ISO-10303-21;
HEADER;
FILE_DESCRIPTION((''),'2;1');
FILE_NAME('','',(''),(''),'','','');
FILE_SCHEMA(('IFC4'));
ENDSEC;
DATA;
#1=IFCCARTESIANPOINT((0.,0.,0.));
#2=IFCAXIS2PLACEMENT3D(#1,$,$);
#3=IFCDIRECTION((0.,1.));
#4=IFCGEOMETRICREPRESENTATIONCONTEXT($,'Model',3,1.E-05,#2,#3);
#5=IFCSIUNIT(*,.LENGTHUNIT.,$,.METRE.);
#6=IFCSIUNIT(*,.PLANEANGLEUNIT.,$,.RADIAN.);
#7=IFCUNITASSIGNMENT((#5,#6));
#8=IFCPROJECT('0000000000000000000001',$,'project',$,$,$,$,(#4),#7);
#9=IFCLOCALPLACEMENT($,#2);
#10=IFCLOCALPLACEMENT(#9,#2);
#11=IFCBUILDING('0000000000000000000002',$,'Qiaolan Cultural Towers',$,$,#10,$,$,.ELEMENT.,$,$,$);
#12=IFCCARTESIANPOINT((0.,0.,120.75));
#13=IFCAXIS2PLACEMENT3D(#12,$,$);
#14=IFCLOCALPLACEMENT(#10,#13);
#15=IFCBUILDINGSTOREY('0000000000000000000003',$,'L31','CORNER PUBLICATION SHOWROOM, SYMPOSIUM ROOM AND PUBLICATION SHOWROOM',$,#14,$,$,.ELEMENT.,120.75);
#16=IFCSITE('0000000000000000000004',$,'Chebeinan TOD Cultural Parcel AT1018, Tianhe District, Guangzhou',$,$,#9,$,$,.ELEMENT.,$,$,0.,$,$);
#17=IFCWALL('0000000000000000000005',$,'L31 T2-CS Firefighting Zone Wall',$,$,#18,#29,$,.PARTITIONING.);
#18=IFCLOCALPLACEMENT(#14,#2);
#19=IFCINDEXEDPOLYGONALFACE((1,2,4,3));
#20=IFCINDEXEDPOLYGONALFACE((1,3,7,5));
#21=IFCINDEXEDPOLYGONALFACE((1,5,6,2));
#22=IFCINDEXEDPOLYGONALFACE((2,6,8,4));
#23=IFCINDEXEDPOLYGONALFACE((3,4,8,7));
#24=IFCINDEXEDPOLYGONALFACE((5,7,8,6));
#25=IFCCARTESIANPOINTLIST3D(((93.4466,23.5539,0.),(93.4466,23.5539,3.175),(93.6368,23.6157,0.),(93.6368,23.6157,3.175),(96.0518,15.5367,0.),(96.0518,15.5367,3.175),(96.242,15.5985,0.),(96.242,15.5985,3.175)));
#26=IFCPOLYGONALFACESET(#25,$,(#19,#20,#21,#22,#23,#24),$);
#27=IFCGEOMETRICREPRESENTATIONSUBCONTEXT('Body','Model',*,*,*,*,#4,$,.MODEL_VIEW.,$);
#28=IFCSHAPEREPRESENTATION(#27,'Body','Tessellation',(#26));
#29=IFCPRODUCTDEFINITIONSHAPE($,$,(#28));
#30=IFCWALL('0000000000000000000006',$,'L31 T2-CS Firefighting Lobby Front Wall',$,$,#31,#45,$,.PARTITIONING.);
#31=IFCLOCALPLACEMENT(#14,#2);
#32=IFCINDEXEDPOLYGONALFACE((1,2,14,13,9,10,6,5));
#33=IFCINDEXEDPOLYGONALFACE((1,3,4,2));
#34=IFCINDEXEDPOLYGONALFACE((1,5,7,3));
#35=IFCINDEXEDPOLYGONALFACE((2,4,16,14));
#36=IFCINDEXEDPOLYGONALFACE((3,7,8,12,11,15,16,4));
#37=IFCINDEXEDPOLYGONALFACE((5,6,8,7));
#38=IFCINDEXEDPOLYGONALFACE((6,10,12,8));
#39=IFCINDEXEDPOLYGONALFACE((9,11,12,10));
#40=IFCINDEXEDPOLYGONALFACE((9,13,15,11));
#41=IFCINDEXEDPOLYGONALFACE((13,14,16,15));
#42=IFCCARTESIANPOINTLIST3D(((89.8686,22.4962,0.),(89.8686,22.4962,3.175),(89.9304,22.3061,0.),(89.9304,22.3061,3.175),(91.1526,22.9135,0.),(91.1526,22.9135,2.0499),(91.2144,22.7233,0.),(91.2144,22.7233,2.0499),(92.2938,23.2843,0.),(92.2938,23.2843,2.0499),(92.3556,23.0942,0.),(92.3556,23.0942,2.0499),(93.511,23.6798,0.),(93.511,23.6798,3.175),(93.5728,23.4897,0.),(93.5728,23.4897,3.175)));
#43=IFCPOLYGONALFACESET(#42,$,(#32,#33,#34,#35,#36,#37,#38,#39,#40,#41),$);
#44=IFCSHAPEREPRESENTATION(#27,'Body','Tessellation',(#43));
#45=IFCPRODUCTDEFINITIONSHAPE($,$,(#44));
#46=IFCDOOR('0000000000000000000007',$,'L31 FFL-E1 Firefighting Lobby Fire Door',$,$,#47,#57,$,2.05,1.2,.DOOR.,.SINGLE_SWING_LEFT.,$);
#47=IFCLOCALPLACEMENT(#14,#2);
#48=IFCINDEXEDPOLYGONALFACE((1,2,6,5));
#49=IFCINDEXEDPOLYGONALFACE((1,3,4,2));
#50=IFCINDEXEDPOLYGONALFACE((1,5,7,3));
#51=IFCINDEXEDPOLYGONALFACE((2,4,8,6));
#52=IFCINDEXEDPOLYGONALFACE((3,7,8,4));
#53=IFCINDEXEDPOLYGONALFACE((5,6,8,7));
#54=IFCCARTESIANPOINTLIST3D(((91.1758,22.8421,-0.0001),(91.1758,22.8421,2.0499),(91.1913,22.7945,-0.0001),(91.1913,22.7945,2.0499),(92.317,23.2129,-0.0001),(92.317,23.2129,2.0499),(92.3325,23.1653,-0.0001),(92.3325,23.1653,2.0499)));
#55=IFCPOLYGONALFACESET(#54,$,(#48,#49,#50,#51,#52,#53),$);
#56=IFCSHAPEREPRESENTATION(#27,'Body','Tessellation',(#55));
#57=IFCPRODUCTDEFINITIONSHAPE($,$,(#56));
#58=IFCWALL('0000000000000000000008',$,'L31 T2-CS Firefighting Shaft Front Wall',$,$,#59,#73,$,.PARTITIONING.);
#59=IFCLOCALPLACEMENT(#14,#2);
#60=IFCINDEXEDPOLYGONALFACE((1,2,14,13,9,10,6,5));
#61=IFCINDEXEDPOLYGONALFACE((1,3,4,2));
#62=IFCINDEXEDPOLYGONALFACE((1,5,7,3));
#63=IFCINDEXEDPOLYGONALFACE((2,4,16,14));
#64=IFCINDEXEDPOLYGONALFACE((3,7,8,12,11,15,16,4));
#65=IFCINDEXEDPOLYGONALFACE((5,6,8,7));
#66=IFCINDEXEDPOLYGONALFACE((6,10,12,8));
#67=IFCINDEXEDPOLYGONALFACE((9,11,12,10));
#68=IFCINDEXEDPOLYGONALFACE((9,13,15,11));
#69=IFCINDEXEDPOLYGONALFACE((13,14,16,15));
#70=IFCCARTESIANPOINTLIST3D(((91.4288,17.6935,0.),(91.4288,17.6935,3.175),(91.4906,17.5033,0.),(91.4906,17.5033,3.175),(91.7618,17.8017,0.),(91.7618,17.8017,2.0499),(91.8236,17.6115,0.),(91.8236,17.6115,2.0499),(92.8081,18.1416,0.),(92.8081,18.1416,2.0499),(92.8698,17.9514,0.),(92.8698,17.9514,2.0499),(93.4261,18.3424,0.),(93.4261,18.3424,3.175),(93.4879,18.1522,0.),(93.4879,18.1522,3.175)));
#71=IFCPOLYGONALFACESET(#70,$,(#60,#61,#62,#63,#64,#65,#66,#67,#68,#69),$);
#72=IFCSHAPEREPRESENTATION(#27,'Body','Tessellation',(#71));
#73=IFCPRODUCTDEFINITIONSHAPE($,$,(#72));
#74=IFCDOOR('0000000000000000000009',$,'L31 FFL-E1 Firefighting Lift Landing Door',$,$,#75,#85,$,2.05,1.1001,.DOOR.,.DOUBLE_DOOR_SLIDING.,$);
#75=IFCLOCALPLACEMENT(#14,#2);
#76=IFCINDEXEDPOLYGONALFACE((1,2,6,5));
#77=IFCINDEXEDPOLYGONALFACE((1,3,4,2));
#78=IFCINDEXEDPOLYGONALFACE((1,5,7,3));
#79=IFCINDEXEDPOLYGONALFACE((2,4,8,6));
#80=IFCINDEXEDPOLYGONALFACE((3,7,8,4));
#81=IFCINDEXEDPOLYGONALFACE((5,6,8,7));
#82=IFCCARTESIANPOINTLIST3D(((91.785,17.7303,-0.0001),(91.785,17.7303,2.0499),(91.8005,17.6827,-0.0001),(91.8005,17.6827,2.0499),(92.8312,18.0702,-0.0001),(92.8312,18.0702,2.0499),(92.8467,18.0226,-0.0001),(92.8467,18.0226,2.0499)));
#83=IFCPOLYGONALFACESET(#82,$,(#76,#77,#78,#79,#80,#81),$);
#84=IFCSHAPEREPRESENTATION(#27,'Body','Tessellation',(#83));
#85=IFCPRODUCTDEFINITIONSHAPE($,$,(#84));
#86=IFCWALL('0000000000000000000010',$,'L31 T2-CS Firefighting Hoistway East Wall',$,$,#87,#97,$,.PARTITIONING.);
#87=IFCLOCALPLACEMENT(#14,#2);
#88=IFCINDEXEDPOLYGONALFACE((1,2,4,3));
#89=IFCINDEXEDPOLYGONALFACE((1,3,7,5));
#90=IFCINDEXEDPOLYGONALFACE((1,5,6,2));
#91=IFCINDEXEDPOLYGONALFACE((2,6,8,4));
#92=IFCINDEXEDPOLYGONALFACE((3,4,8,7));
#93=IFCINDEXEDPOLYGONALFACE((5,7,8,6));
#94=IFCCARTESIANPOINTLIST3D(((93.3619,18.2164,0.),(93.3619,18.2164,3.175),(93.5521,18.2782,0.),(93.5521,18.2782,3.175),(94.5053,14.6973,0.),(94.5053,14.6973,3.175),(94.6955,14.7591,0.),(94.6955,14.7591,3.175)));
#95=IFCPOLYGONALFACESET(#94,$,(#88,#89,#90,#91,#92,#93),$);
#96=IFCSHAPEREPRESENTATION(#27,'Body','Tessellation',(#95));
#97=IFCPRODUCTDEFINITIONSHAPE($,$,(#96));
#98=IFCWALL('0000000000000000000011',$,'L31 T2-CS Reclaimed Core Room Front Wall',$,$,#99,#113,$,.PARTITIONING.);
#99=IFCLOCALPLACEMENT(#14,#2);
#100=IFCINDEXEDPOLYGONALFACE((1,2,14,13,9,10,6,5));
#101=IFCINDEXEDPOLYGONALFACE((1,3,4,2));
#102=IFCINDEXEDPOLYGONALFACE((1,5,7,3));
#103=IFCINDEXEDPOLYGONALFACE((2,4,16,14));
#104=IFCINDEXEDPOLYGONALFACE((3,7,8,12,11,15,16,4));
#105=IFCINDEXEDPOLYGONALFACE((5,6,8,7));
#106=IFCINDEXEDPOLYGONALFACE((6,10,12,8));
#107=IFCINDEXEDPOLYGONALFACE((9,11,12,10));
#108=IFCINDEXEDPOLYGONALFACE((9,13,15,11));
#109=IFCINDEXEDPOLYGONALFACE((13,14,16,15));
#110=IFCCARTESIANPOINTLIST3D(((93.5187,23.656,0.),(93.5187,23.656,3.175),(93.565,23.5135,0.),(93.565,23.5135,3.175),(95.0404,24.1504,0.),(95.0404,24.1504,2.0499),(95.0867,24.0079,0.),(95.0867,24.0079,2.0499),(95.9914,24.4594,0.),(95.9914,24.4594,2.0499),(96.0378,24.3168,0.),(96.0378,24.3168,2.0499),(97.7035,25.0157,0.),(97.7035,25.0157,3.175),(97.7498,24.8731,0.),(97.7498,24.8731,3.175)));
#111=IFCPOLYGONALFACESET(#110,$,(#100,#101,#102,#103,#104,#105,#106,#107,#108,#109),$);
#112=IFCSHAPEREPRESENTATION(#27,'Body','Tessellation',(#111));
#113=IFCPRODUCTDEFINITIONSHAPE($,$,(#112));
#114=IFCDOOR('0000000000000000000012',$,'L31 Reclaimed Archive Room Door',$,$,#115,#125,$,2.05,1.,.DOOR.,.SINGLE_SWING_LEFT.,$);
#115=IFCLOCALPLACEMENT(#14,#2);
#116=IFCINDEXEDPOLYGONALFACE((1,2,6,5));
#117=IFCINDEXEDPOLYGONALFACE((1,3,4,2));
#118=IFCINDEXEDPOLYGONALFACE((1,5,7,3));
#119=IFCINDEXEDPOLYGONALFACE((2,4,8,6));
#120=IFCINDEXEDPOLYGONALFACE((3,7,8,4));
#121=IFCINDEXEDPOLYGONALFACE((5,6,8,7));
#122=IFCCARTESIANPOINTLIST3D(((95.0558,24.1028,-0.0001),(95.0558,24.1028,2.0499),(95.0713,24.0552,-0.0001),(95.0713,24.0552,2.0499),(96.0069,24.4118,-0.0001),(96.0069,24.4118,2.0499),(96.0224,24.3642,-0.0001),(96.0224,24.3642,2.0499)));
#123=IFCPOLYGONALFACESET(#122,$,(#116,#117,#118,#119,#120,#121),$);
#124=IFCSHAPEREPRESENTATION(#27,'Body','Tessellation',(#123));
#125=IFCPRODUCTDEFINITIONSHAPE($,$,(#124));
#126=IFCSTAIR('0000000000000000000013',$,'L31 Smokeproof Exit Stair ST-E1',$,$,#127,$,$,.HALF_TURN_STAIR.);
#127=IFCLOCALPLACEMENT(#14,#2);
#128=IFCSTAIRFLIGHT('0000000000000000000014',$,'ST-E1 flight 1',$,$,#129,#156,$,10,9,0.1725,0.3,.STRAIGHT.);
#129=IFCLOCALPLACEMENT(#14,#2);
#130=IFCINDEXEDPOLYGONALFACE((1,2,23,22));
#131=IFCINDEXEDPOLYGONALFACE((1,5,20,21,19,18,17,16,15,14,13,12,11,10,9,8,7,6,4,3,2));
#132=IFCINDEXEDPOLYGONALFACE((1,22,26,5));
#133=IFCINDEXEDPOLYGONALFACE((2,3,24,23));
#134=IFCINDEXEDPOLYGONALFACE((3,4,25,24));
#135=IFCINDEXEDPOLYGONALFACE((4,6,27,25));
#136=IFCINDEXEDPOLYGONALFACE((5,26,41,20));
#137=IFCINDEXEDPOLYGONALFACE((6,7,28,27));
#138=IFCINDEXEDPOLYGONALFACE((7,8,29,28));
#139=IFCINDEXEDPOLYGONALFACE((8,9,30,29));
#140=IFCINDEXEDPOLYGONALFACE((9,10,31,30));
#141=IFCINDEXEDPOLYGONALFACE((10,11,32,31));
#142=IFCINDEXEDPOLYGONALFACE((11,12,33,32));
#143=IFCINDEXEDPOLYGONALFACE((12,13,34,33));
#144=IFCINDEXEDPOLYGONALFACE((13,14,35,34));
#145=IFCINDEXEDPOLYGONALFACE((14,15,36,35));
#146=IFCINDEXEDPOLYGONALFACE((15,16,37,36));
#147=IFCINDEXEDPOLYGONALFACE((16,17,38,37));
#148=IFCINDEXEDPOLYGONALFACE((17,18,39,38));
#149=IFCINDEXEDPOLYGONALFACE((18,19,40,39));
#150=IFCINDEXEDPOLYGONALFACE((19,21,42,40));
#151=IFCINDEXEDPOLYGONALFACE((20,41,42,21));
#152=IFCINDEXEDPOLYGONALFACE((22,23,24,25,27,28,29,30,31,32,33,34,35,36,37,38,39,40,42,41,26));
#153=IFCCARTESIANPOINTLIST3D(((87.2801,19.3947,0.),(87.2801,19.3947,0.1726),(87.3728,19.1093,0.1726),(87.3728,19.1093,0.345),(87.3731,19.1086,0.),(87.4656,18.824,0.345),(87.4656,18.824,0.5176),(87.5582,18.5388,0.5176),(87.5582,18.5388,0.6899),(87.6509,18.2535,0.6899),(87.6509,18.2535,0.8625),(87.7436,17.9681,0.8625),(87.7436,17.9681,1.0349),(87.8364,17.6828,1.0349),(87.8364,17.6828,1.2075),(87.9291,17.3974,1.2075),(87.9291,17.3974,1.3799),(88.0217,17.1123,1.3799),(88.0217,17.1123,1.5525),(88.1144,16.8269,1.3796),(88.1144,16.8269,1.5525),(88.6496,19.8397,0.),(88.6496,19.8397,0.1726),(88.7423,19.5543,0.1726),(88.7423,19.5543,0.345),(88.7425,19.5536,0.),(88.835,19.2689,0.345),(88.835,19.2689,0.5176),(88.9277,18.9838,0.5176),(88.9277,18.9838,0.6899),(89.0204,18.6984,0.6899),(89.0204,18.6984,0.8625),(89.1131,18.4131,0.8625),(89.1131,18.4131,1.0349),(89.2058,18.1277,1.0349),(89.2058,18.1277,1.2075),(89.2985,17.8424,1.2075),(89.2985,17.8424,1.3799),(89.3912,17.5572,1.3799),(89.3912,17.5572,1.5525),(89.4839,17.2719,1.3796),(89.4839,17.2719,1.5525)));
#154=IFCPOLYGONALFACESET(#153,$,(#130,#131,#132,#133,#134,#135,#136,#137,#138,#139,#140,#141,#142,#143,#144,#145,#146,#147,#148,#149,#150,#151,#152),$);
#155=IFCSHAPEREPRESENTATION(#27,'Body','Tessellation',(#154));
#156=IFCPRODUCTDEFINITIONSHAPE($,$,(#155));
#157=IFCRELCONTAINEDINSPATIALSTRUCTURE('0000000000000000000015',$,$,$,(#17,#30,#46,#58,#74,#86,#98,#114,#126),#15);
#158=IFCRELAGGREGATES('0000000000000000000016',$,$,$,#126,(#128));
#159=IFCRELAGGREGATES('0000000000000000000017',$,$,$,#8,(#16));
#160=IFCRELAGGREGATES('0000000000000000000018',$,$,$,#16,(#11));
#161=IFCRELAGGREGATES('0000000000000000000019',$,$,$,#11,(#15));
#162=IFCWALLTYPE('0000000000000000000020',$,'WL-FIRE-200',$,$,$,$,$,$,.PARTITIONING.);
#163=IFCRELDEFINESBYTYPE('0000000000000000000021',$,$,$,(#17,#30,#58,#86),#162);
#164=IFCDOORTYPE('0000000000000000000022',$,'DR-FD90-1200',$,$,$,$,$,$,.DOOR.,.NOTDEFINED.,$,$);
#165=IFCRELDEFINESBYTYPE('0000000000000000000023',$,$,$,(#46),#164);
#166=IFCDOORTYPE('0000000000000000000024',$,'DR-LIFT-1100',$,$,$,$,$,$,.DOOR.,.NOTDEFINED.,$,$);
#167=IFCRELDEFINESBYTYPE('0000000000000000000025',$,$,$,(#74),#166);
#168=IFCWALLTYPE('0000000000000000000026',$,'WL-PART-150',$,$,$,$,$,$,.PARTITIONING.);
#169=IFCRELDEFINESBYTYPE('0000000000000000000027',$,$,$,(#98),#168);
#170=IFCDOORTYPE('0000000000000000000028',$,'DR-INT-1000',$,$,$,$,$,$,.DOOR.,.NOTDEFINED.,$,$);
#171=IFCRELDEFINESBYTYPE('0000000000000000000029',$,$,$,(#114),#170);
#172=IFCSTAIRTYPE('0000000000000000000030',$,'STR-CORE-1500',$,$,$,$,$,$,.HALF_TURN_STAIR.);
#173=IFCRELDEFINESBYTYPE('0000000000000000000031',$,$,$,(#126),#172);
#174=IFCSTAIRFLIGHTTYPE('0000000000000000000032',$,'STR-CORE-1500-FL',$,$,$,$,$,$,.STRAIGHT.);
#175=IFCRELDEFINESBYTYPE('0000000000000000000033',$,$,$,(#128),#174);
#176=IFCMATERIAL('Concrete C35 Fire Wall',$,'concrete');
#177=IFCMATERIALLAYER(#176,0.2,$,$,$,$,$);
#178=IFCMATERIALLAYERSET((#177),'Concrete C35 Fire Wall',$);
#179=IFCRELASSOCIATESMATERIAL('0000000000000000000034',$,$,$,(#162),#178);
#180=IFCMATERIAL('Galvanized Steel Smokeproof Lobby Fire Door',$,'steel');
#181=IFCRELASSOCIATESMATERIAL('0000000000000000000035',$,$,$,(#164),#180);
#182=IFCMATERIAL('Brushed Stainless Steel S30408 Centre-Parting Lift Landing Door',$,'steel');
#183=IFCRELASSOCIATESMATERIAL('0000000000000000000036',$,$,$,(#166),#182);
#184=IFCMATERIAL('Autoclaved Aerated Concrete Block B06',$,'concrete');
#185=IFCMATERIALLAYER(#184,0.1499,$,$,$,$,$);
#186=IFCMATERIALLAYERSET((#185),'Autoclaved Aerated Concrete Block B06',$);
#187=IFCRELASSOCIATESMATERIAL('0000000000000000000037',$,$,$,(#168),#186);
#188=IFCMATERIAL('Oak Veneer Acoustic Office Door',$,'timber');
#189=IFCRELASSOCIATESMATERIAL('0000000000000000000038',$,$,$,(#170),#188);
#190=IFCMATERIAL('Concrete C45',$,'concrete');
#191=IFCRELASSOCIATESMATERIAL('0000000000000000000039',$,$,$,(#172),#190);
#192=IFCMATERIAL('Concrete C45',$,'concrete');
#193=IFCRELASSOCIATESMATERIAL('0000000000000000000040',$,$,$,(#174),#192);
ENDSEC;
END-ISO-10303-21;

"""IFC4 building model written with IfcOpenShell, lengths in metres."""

from ifc_helpers import new_model, si_unit, direction, frame, frame_2d, origin, place, context, subcontext, project, spatial, polyline, rectangle, outline, extrude, material, layer, layer_set, type_object, element, fill, aggregate, save


model = new_model("IFC4")

# Units and contexts
model_context = context("Model", 3, precision=1e-05, world=origin(), true_north=direction((0.0, 1.0)))
body_context = subcontext(model_context, "Body", "Model", "MODEL_VIEW")
ifc_project = project(units=[si_unit("LENGTHUNIT", "METRE"), si_unit("PLANEANGLEUNIT", "RADIAN")], contexts=[model_context])

# Site, building, storey
site_placement = place(None, origin())
site = spatial("IfcSite", under=ifc_project, at=site_placement, Name="Chebeinan TOD Cultural Parcel AT1018, Tianhe District, Guangzhou", CompositionType="ELEMENT", RefElevation=0.0)
building_placement = place(site_placement, origin())
building = spatial("IfcBuilding", under=site, at=building_placement, Name="Qiaolan Cultural Towers", CompositionType="ELEMENT")
storey_placement = place(building_placement, frame((0.0, 0.0, 120.75)))
storey = spatial("IfcBuildingStorey", under=building, at=storey_placement, Name="L31", Description="CORNER PUBLICATION SHOWROOM, SYMPOSIUM ROOM AND PUBLICATION SHOWROOM", CompositionType="ELEMENT", Elevation=120.75)

# Shared definitions
ifc_material_1 = material(Name="Concrete C35 Fire Wall", Category="concrete")
ifc_layer_1 = layer(ifc_material_1, 0.2)
ifc_layer_set_1 = layer_set([ifc_layer_1], Name="Concrete C35 Fire Wall")
wall_type_1 = type_object("IfcWallType", Name="WL-FIRE-200", PredefinedType="PARTITIONING", material=ifc_layer_set_1)

# Wall
wall_1_placement = place(storey_placement, frame((93.5417, 23.5847, 0.0), z_axis=(0.0, 0.0, 1.0), x_axis=(0.309042, -0.951048, 0.0)))
element("IfcWall", 1, at=wall_1_placement, inside=storey, type_object=wall_type_1, Name="L31 T2-CS Firefighting Zone Wall", PredefinedType="PARTITIONING", context=body_context, shape_type="SweptSolid", body=[
    extrude(rectangle(XDim=8.4299, YDim=0.2, at=frame_2d((4.2148, 0.0))), origin(), (0.0, 0.0, 1.0), 3.175),
])

# Walls, openings, doors
wall_2_placement = place(storey_placement, frame((89.8994, 22.4011, 0.0), z_axis=(0.0, 0.0, 1.0), x_axis=(0.951047, 0.309047, 0.0)))
wall_2 = element("IfcWall", 2, at=wall_2_placement, inside=storey, type_object=wall_type_1, Name="L31 T2-CS Firefighting Lobby Front Wall", PredefinedType="PARTITIONING", context=body_context, shape_type="SweptSolid", body=[
    extrude(rectangle(XDim=3.8298, YDim=0.2, at=frame_2d((1.915, 0.0))), origin(), (0.0, 0.0, 1.0), 3.175),
])
opening_1_placement = place(wall_2_placement, frame((1.3501, 0.0, 0.0)))
opening_1 = element("IfcOpeningElement", 3, at=opening_1_placement, cuts=wall_2, PredefinedType="OPENING", context=body_context, shape_type="SweptSolid", body=[
    extrude(rectangle(XDim=1.2, YDim=2.05, at=frame_2d((0.6001, 1.0249))), frame((0.0, 0.1099, 0.0), z_axis=(0.0, -1.0, 0.0), x_axis=(1.0, 0.0, 0.0)), (0.0, 0.0, 1.0), 0.22),
])
ifc_material_2 = material(Name="Galvanized Steel Smokeproof Lobby Fire Door", Category="steel")
door_type_1 = type_object("IfcDoorType", Name="DR-FD90-1200", OperationType="NOTDEFINED", PredefinedType="DOOR", material=ifc_material_2)
door_1_placement = place(opening_1_placement, origin())
door_1 = element("IfcDoor", 4, at=door_1_placement, inside=storey, type_object=door_type_1, Name="L31 FFL-E1 Firefighting Lobby Fire Door", OperationType="SINGLE_SWING_LEFT", OverallHeight=2.05, OverallWidth=1.2, PredefinedType="DOOR", context=body_context, shape_type="SweptSolid", body=[
    extrude(rectangle(XDim=1.2, YDim=2.05, at=frame_2d((0.6001, 1.0249))), frame((0.0, 0.0249, 0.0), z_axis=(0.0, -1.0, 0.0), x_axis=(1.0, 0.0, 0.0)), (0.0, 0.0, 1.0), 0.05),
])
fill(opening_1, door_1)
wall_3_placement = place(storey_placement, frame((91.4597, 17.5984, 0.0), z_axis=(0.0, 0.0, 1.0), x_axis=(0.951062, 0.308999, 0.0)))
wall_3 = element("IfcWall", 5, at=wall_3_placement, inside=storey, type_object=wall_type_1, Name="L31 T2-CS Firefighting Shaft Front Wall", PredefinedType="PARTITIONING", context=body_context, shape_type="SweptSolid", body=[
    extrude(rectangle(XDim=2.1001, YDim=0.2, at=frame_2d((1.05, 0.0))), origin(), (0.0, 0.0, 1.0), 3.175),
])
opening_2_placement = place(wall_3_placement, frame((0.3501, 0.0, 0.0)))
opening_2 = element("IfcOpeningElement", 6, at=opening_2_placement, cuts=wall_3, PredefinedType="OPENING", context=body_context, shape_type="SweptSolid", body=[
    extrude(rectangle(XDim=1.1001, YDim=2.05, at=frame_2d((0.55, 1.0249))), frame((0.0, 0.1099, 0.0), z_axis=(0.0, -1.0, 0.0), x_axis=(1.0, 0.0, 0.0)), (0.0, 0.0, 1.0), 0.22),
])
ifc_material_3 = material(Name="Brushed Stainless Steel S30408 Centre-Parting Lift Landing Door", Category="steel")
door_type_2 = type_object("IfcDoorType", Name="DR-LIFT-1100", OperationType="NOTDEFINED", PredefinedType="DOOR", material=ifc_material_3)
door_2_placement = place(opening_2_placement, origin())
door_2 = element("IfcDoor", 7, at=door_2_placement, inside=storey, type_object=door_type_2, Name="L31 FFL-E1 Firefighting Lift Landing Door", OperationType="DOUBLE_DOOR_SLIDING", OverallHeight=2.05, OverallWidth=1.1001, PredefinedType="DOOR", context=body_context, shape_type="SweptSolid", body=[
    extrude(rectangle(XDim=1.1001, YDim=2.05, at=frame_2d((0.55, 1.0249))), frame((0.0, 0.0249, 0.0), z_axis=(0.0, -1.0, 0.0), x_axis=(1.0, 0.0, 0.0)), (0.0, 0.0, 1.0), 0.05),
])
fill(opening_2, door_2)

# Wall
wall_4_placement = place(storey_placement, frame((93.457, 18.2473, 0.0), z_axis=(0.0, 0.0, 1.0), x_axis=(0.308994, -0.951064, 0.0)))
element("IfcWall", 8, at=wall_4_placement, inside=storey, type_object=wall_type_1, Name="L31 T2-CS Firefighting Hoistway East Wall", PredefinedType="PARTITIONING", context=body_context, shape_type="SweptSolid", body=[
    extrude(rectangle(XDim=3.7002, YDim=0.2, at=frame_2d((1.8501, 0.0))), origin(), (0.0, 0.0, 1.0), 3.175),
])

# Wall, opening, door
ifc_material_4 = material(Name="Autoclaved Aerated Concrete Block B06", Category="concrete")
ifc_layer_2 = layer(ifc_material_4, 0.1499)
ifc_layer_set_2 = layer_set([ifc_layer_2], Name="Autoclaved Aerated Concrete Block B06")
wall_type_2 = type_object("IfcWallType", Name="WL-PART-150", PredefinedType="PARTITIONING", material=ifc_layer_set_2)
wall_5_placement = place(storey_placement, frame((93.5417, 23.5847, 0.0), z_axis=(0.0, 0.0, 1.0), x_axis=(0.951064, 0.308994, 0.0)))
wall_5 = element("IfcWall", 9, at=wall_5_placement, inside=storey, type_object=wall_type_2, Name="L31 T2-CS Reclaimed Core Room Front Wall", PredefinedType="PARTITIONING", context=body_context, shape_type="SweptSolid", body=[
    extrude(rectangle(XDim=4.4001, YDim=0.1499, at=frame_2d((2.2002, 0.0))), origin(), (0.0, 0.0, 1.0), 3.175),
])
opening_3_placement = place(wall_5_placement, frame((1.6001, 0.0, 0.0)))
opening_3 = element("IfcOpeningElement", 10, at=opening_3_placement, cuts=wall_5, PredefinedType="OPENING", context=body_context, shape_type="SweptSolid", body=[
    extrude(rectangle(XDim=1.0, YDim=2.05, at=frame_2d((0.5, 1.0249))), frame((0.0, 0.085, 0.0), z_axis=(0.0, -1.0, 0.0), x_axis=(1.0, 0.0, 0.0)), (0.0, 0.0, 1.0), 0.1699),
])
ifc_material_5 = material(Name="Oak Veneer Acoustic Office Door", Category="timber")
door_type_3 = type_object("IfcDoorType", Name="DR-INT-1000", OperationType="NOTDEFINED", PredefinedType="DOOR", material=ifc_material_5)
door_3_placement = place(opening_3_placement, origin())
door_3 = element("IfcDoor", 11, at=door_3_placement, inside=storey, type_object=door_type_3, Name="L31 Reclaimed Archive Room Door", OperationType="SINGLE_SWING_LEFT", OverallHeight=2.05, OverallWidth=1.0, PredefinedType="DOOR", context=body_context, shape_type="SweptSolid", body=[
    extrude(rectangle(XDim=1.0, YDim=2.05, at=frame_2d((0.5, 1.0249))), frame((0.0, 0.0249, 0.0), z_axis=(0.0, -1.0, 0.0), x_axis=(1.0, 0.0, 0.0)), (0.0, 0.0, 1.0), 0.05),
])
fill(opening_3, door_3)

# Stair, stair flight
ifc_material_6 = material(Name="Concrete C45", Category="concrete")
stair_type = type_object("IfcStairType", Name="STR-CORE-1500", PredefinedType="HALF_TURN_STAIR", material=ifc_material_6)
stair_placement = place(storey_placement, origin())
stair = element("IfcStair", 12, at=stair_placement, inside=storey, type_object=stair_type, Name="L31 Smokeproof Exit Stair ST-E1", PredefinedType="HALF_TURN_STAIR")
ifc_material_7 = material(Name="Concrete C45", Category="concrete")
stair_flight_type = type_object("IfcStairFlightType", Name="STR-CORE-1500-FL", PredefinedType="STRAIGHT", material=ifc_material_7)
stair_flight_1_placement = place(storey_placement, frame((87.9648, 19.6172, 0.0), z_axis=(0.0, 0.0, 1.0), x_axis=(0.309017, -0.951057, 0.0)))
stair_flight_1 = element("IfcStairFlight", 13, at=stair_flight_1_placement, type_object=stair_flight_type, Name="ST-E1 flight 1", NumberOfRisers=10, NumberOfTreads=9, PredefinedType="STRAIGHT", RiserHeight=0.1725, TreadLength=0.3, context=body_context, shape_type="SweptSolid", body=[
    extrude(outline(polyline([(0.0, 0.0), (0.0, 0.1726), (0.3, 0.1726), (0.3, 0.345), (0.6001, 0.345), (0.6001, 0.5176), (0.8999, 0.5176), (0.8999, 0.6899), (1.2, 0.6899), (1.2, 0.8625), (1.5, 0.8625), (1.5, 1.0349), (1.8, 1.0349), (1.8, 1.2075), (2.1001, 1.2075), (2.1001, 1.3799), (2.3999, 1.3799), (2.3999, 1.5525), (2.7, 1.5525), (2.7, 1.7251), (2.7, 1.3796), (0.3008, 0.0), (0.0, 0.0)])), frame((0.0, 0.72, 0.0), z_axis=(0.0, -1.0, 0.0), x_axis=(1.0, 0.0, 0.0)), (0.0, 0.0, 1.0), 1.4399),
])
aggregate(stair, [stair_flight_1])

save(model, "model.ifc")
